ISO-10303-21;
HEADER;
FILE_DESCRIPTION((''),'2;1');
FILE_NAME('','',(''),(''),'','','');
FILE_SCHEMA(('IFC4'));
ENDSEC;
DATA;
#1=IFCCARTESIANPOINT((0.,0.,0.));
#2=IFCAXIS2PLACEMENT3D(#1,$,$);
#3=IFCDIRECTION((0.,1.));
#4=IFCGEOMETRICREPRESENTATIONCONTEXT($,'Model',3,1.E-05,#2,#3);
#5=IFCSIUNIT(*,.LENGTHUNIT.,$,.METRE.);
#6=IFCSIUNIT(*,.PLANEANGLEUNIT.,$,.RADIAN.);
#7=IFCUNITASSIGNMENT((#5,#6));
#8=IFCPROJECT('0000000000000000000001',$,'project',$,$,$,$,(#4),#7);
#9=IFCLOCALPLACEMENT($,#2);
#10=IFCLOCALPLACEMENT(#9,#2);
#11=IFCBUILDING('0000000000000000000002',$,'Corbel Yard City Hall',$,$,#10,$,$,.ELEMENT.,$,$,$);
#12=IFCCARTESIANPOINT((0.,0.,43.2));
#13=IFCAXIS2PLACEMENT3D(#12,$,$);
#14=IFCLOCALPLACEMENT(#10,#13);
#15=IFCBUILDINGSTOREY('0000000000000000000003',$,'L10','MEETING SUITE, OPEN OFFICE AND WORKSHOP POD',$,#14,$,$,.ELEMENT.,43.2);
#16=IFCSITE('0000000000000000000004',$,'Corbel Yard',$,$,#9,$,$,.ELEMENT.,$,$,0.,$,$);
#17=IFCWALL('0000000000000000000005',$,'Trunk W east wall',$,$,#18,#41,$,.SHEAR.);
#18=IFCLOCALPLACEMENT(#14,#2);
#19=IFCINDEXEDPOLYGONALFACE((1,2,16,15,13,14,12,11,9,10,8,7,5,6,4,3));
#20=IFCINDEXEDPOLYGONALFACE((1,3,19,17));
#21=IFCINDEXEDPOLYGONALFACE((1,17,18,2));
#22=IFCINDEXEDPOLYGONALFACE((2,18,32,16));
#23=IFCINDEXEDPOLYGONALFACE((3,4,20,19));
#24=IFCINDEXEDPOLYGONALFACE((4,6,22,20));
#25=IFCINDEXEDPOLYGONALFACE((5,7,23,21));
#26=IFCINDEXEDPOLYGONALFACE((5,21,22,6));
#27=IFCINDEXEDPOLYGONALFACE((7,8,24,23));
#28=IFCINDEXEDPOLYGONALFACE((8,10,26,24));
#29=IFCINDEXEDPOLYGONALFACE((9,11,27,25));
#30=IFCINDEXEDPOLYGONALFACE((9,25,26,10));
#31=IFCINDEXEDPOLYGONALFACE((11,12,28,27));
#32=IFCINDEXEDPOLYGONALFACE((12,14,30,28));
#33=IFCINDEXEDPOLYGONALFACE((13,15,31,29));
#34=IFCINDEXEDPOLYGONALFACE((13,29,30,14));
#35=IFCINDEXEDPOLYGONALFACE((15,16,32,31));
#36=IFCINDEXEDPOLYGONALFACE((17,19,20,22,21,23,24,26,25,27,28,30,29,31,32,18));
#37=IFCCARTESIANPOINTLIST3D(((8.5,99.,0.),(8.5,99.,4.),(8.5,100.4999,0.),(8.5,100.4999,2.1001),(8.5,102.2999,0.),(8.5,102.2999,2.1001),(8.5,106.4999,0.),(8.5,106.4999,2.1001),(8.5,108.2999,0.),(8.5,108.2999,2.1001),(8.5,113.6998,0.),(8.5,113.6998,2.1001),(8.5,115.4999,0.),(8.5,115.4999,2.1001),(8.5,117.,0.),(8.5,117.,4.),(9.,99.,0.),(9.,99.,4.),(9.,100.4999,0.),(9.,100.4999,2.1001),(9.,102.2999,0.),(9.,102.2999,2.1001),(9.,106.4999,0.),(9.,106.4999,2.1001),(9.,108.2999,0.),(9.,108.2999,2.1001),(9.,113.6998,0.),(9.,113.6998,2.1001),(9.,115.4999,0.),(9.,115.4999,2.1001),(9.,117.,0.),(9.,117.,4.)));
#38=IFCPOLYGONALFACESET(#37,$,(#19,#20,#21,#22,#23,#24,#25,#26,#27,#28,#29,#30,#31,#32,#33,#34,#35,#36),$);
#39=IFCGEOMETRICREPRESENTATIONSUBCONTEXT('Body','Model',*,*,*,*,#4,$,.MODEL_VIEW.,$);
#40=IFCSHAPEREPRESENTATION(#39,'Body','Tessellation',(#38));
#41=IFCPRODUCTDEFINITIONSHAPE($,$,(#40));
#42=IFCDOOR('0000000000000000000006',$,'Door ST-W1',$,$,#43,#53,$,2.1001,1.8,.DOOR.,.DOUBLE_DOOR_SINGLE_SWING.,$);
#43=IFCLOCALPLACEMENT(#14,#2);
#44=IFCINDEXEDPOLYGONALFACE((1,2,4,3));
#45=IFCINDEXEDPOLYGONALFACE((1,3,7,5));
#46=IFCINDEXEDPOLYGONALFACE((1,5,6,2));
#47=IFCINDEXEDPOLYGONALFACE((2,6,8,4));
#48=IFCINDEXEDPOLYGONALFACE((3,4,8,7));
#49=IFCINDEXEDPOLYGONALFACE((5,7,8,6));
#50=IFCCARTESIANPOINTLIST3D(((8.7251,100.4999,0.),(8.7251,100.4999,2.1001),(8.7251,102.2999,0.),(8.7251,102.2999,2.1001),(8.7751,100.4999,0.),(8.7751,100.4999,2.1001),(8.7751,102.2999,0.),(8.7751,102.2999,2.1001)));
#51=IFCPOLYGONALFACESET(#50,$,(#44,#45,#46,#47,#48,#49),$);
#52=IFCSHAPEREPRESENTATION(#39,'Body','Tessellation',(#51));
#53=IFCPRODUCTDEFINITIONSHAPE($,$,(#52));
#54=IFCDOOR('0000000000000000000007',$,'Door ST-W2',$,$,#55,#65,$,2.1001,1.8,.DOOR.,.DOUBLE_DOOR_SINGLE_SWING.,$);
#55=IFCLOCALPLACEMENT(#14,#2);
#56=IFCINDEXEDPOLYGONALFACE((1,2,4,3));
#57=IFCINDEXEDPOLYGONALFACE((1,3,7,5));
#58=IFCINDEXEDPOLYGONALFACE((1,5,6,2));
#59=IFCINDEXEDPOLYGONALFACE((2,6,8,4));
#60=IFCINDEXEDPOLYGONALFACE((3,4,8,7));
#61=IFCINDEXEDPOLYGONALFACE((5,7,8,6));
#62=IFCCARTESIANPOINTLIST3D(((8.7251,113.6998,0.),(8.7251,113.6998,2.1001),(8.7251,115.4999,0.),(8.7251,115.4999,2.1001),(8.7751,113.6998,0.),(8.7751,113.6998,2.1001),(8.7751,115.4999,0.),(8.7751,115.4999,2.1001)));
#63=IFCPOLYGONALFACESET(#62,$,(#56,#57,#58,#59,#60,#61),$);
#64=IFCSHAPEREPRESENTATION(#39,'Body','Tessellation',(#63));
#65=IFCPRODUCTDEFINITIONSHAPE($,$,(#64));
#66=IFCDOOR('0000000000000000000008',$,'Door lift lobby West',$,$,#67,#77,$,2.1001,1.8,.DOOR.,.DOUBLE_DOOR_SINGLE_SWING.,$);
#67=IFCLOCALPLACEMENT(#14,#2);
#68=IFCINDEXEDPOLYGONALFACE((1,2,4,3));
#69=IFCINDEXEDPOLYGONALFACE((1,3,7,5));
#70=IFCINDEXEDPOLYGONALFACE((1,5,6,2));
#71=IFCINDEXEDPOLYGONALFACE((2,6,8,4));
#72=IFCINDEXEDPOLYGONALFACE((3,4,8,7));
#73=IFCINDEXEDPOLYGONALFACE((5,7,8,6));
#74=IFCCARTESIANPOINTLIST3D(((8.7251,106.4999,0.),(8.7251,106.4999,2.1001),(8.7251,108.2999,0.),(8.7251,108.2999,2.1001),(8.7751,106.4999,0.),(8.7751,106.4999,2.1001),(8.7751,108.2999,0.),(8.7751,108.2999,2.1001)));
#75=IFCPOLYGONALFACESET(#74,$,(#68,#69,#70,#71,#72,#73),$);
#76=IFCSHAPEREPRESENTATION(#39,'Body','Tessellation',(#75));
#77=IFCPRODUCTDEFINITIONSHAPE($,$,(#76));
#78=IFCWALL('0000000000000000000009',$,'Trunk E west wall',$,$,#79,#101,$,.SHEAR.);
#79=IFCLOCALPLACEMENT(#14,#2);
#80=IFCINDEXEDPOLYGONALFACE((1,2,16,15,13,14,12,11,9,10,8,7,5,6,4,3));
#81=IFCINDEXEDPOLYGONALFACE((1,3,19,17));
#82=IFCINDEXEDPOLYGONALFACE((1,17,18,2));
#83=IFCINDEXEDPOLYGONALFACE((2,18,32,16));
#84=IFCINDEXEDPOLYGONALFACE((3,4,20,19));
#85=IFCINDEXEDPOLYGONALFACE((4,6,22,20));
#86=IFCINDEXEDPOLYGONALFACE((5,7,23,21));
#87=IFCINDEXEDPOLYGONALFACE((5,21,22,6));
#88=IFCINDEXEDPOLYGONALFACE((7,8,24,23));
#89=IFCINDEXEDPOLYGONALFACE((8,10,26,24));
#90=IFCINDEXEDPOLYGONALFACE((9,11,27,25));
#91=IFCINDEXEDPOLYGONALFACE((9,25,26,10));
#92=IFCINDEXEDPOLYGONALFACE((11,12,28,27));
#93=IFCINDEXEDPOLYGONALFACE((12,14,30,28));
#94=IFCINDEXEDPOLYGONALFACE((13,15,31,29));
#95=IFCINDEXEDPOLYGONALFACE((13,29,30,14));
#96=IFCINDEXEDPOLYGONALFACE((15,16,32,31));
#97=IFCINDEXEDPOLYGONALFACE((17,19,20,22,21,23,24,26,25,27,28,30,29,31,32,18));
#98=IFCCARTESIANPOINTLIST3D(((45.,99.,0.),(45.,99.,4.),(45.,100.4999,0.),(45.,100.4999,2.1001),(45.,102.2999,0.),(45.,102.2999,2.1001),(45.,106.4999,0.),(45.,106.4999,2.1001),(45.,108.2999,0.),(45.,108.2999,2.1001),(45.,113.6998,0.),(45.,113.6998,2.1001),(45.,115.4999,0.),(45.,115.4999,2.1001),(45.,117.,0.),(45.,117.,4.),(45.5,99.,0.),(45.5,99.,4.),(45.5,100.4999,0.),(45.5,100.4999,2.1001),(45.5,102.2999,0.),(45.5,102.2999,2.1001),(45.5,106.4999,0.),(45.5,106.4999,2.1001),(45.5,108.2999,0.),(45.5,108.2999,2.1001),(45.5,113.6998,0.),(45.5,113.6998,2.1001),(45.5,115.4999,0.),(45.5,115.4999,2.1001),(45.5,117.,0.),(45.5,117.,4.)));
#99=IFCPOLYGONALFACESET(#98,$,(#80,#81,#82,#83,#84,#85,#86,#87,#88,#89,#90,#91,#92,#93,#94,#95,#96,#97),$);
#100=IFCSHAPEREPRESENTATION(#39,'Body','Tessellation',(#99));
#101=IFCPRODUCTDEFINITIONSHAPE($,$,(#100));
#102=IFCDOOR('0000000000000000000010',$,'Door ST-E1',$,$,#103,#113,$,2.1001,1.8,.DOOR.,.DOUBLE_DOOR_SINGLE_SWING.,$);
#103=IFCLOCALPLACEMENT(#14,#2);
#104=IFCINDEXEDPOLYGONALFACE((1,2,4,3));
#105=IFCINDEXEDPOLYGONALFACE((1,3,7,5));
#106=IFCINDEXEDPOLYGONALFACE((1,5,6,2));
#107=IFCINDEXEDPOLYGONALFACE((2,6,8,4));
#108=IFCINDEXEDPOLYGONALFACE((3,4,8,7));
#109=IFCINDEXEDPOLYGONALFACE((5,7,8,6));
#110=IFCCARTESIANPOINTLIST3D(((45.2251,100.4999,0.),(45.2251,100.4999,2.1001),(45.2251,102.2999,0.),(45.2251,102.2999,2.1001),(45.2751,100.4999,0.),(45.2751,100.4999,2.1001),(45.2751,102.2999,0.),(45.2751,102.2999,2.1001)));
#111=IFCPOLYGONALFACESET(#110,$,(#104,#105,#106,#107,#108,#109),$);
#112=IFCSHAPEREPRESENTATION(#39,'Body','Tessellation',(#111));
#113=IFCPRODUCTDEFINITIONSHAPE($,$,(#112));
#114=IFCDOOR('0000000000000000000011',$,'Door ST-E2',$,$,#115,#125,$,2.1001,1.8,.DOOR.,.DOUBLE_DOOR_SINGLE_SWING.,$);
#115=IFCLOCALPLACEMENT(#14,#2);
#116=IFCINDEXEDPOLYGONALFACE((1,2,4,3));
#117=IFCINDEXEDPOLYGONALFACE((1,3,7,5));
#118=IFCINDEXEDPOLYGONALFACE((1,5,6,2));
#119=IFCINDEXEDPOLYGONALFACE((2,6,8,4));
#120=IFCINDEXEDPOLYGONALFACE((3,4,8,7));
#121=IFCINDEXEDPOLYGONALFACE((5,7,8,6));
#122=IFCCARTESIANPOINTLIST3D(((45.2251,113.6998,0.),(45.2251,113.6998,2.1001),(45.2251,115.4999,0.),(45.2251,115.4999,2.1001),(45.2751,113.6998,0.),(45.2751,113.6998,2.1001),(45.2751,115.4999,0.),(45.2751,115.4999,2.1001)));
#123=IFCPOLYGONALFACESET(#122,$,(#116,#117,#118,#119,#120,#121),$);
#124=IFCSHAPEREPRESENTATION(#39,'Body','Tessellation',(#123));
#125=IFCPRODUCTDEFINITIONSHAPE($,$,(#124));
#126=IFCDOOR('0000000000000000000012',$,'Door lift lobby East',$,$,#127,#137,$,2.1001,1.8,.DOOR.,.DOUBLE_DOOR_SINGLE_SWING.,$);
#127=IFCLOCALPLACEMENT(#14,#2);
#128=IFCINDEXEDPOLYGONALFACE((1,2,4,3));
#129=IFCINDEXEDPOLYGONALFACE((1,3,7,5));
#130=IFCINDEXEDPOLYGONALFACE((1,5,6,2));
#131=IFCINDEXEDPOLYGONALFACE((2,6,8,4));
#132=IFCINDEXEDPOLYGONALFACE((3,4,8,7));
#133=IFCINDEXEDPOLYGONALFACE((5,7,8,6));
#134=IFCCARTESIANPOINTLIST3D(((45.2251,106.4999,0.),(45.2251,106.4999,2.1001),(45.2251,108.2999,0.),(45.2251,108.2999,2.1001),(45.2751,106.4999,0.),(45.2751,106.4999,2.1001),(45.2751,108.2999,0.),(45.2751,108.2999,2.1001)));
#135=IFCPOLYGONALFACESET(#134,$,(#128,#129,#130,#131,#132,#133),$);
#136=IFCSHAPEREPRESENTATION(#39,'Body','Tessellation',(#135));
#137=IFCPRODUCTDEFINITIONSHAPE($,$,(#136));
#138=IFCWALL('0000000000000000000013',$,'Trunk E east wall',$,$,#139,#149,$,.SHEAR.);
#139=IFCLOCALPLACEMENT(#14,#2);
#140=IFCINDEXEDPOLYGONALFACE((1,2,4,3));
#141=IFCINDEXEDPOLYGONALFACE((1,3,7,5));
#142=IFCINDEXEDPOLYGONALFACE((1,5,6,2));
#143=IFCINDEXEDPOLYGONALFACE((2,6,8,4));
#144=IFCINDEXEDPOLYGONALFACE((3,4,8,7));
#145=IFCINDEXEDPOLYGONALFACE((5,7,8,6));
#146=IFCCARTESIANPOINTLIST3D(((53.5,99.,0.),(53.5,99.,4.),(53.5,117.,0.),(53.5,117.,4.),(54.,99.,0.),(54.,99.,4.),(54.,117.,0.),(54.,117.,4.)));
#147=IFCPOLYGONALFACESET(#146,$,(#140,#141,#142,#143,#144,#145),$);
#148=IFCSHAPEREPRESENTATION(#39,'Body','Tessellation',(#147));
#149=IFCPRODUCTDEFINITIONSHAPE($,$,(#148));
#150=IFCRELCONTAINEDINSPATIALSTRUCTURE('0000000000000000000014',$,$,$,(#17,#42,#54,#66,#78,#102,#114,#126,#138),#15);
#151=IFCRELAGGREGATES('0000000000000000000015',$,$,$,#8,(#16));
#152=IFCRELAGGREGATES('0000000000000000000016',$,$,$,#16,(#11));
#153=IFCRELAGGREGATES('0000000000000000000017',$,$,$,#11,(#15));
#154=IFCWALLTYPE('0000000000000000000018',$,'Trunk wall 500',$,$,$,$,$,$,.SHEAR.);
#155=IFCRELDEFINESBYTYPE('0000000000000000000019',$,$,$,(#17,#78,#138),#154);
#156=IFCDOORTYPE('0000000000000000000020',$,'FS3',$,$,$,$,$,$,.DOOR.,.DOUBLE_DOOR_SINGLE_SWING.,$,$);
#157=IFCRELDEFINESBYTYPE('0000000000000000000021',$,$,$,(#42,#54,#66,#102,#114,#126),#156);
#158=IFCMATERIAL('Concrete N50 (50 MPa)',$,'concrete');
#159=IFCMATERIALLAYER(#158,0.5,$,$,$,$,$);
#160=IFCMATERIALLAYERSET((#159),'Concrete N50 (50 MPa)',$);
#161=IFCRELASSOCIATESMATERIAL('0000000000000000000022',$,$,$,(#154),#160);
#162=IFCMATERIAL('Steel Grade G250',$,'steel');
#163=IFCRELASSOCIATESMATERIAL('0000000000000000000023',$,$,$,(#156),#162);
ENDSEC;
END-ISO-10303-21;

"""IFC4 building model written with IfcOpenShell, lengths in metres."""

from ifc_helpers import new_model, si_unit, direction, frame, frame_2d, origin, place, context, subcontext, project, spatial, rectangle, extrude, material, layer, layer_set, type_object, element, fill, save


model = new_model("IFC4")

# Units and contexts
model_context = context("Model", 3, precision=1e-05, world=origin(), true_north=direction((0.0, 1.0)))
body_context = subcontext(model_context, "Body", "Model", "MODEL_VIEW")
ifc_project = project(units=[si_unit("LENGTHUNIT", "METRE"), si_unit("PLANEANGLEUNIT", "RADIAN")], contexts=[model_context])

# Site, building, storey
site_placement = place(None, origin())
site = spatial("IfcSite", under=ifc_project, at=site_placement, Name="Corbel Yard", CompositionType="ELEMENT", RefElevation=0.0)
building_placement = place(site_placement, origin())
building = spatial("IfcBuilding", under=site, at=building_placement, Name="Corbel Yard City Hall", CompositionType="ELEMENT")
storey_placement = place(building_placement, frame((0.0, 0.0, 43.2)))
storey = spatial("IfcBuildingStorey", under=building, at=storey_placement, Name="L10", Description="MEETING SUITE, OPEN OFFICE AND WORKSHOP POD", CompositionType="ELEMENT", Elevation=43.2)

# Shared definitions
ifc_material_1 = material(Name="Concrete N50 (50 MPa)", Category="concrete")
ifc_layer_1 = layer(ifc_material_1, 0.5)
ifc_layer_set_1 = layer_set([ifc_layer_1], Name="Concrete N50 (50 MPa)")
wall_type_1 = type_object("IfcWallType", Name="Trunk wall 500", PredefinedType="SHEAR", material=ifc_layer_set_1)

# Walls, openings, doors
wall_1_placement = place(storey_placement, frame((8.75, 99.0, 0.0), z_axis=(0.0, 0.0, 1.0), x_axis=(0.0, 1.0, 0.0)))
wall_1 = element("IfcWall", 1, at=wall_1_placement, inside=storey, type_object=wall_type_1, Name="Trunk W east wall", PredefinedType="SHEAR", context=body_context, shape_type="SweptSolid", body=[
    extrude(rectangle(XDim=18.0, YDim=0.5, at=frame_2d((9.0, 0.0))), origin(), (0.0, 0.0, 1.0), 4.0),
])
opening_1_placement = place(wall_1_placement, frame((1.5, 0.0, 0.0)))
opening_1 = element("IfcOpeningElement", 2, at=opening_1_placement, cuts=wall_1, PredefinedType="OPENING", context=body_context, shape_type="SweptSolid", body=[
    extrude(rectangle(XDim=1.8, YDim=2.1001, at=frame_2d((0.8999, 1.05))), frame((0.0, 0.26, 0.0), z_axis=(0.0, -1.0, 0.0), x_axis=(1.0, 0.0, 0.0)), (0.0, 0.0, 1.0), 0.52),
])
opening_2_placement = place(wall_1_placement, frame((14.7, 0.0, 0.0)))
opening_2 = element("IfcOpeningElement", 3, at=opening_2_placement, cuts=wall_1, PredefinedType="OPENING", context=body_context, shape_type="SweptSolid", body=[
    extrude(rectangle(XDim=1.8, YDim=2.1001, at=frame_2d((0.8999, 1.05))), frame((0.0, 0.26, 0.0), z_axis=(0.0, -1.0, 0.0), x_axis=(1.0, 0.0, 0.0)), (0.0, 0.0, 1.0), 0.52),
])
opening_3_placement = place(wall_1_placement, frame((7.5, 0.0, 0.0)))
opening_3 = element("IfcOpeningElement", 4, at=opening_3_placement, cuts=wall_1, PredefinedType="OPENING", context=body_context, shape_type="SweptSolid", body=[
    extrude(rectangle(XDim=1.8, YDim=2.1001, at=frame_2d((0.8999, 1.05))), frame((0.0, 0.26, 0.0), z_axis=(0.0, -1.0, 0.0), x_axis=(1.0, 0.0, 0.0)), (0.0, 0.0, 1.0), 0.52),
])
ifc_material_2 = material(Name="Steel Grade G250", Category="steel")
door_type_1 = type_object("IfcDoorType", Name="FS3", OperationType="DOUBLE_DOOR_SINGLE_SWING", PredefinedType="DOOR", material=ifc_material_2)
door_1_placement = place(opening_1_placement, origin())
door_1 = element("IfcDoor", 5, at=door_1_placement, inside=storey, type_object=door_type_1, Name="Door ST-W1", OperationType="DOUBLE_DOOR_SINGLE_SWING", OverallHeight=2.1001, OverallWidth=1.8, PredefinedType="DOOR", context=body_context, shape_type="SweptSolid", body=[
    extrude(rectangle(XDim=1.8, YDim=2.1001, at=frame_2d((0.8999, 1.05))), frame((0.0, 0.0249, 0.0), z_axis=(0.0, -1.0, 0.0), x_axis=(1.0, 0.0, 0.0)), (0.0, 0.0, 1.0), 0.05),
])
fill(opening_1, door_1)
door_2_placement = place(opening_2_placement, origin())
door_2 = element("IfcDoor", 6, at=door_2_placement, inside=storey, type_object=door_type_1, Name="Door ST-W2", OperationType="DOUBLE_DOOR_SINGLE_SWING", OverallHeight=2.1001, OverallWidth=1.8, PredefinedType="DOOR", context=body_context, shape_type="SweptSolid", body=[
    extrude(rectangle(XDim=1.8, YDim=2.1001, at=frame_2d((0.8999, 1.05))), frame((0.0, 0.0249, 0.0), z_axis=(0.0, -1.0, 0.0), x_axis=(1.0, 0.0, 0.0)), (0.0, 0.0, 1.0), 0.05),
])
fill(opening_2, door_2)
door_3_placement = place(opening_3_placement, origin())
door_3 = element("IfcDoor", 7, at=door_3_placement, inside=storey, type_object=door_type_1, Name="Door lift lobby West", OperationType="DOUBLE_DOOR_SINGLE_SWING", OverallHeight=2.1001, OverallWidth=1.8, PredefinedType="DOOR", context=body_context, shape_type="SweptSolid", body=[
    extrude(rectangle(XDim=1.8, YDim=2.1001, at=frame_2d((0.8999, 1.05))), frame((0.0, 0.0249, 0.0), z_axis=(0.0, -1.0, 0.0), x_axis=(1.0, 0.0, 0.0)), (0.0, 0.0, 1.0), 0.05),
])
fill(opening_3, door_3)
wall_2_placement = place(storey_placement, frame((45.25, 99.0, 0.0), z_axis=(0.0, 0.0, 1.0), x_axis=(0.0, 1.0, 0.0)))
wall_2 = element("IfcWall", 8, at=wall_2_placement, inside=storey, type_object=wall_type_1, Name="Trunk E west wall", PredefinedType="SHEAR", context=body_context, shape_type="SweptSolid", body=[
    extrude(rectangle(XDim=18.0, YDim=0.5, at=frame_2d((9.0, 0.0))), origin(), (0.0, 0.0, 1.0), 4.0),
])
opening_4_placement = place(wall_2_placement, frame((1.5, 0.0, 0.0)))
opening_4 = element("IfcOpeningElement", 9, at=opening_4_placement, cuts=wall_2, PredefinedType="OPENING", context=body_context, shape_type="SweptSolid", body=[
    extrude(rectangle(XDim=1.8, YDim=2.1001, at=frame_2d((0.8999, 1.05))), frame((0.0, 0.26, 0.0), z_axis=(0.0, -1.0, 0.0), x_axis=(1.0, 0.0, 0.0)), (0.0, 0.0, 1.0), 0.52),
])
opening_5_placement = place(wall_2_placement, frame((14.7, 0.0, 0.0)))
opening_5 = element("IfcOpeningElement", 10, at=opening_5_placement, cuts=wall_2, PredefinedType="OPENING", context=body_context, shape_type="SweptSolid", body=[
    extrude(rectangle(XDim=1.8, YDim=2.1001, at=frame_2d((0.8999, 1.05))), frame((0.0, 0.26, 0.0), z_axis=(0.0, -1.0, 0.0), x_axis=(1.0, 0.0, 0.0)), (0.0, 0.0, 1.0), 0.52),
])
opening_6_placement = place(wall_2_placement, frame((7.5, 0.0, 0.0)))
opening_6 = element("IfcOpeningElement", 11, at=opening_6_placement, cuts=wall_2, PredefinedType="OPENING", context=body_context, shape_type="SweptSolid", body=[
    extrude(rectangle(XDim=1.8, YDim=2.1001, at=frame_2d((0.8999, 1.05))), frame((0.0, 0.26, 0.0), z_axis=(0.0, -1.0, 0.0), x_axis=(1.0, 0.0, 0.0)), (0.0, 0.0, 1.0), 0.52),
])
door_4_placement = place(opening_4_placement, origin())
door_4 = element("IfcDoor", 12, at=door_4_placement, inside=storey, type_object=door_type_1, Name="Door ST-E1", OperationType="DOUBLE_DOOR_SINGLE_SWING", OverallHeight=2.1001, OverallWidth=1.8, PredefinedType="DOOR", context=body_context, shape_type="SweptSolid", body=[
    extrude(rectangle(XDim=1.8, YDim=2.1001, at=frame_2d((0.8999, 1.05))), frame((0.0, 0.0249, 0.0), z_axis=(0.0, -1.0, 0.0), x_axis=(1.0, 0.0, 0.0)), (0.0, 0.0, 1.0), 0.05),
])
fill(opening_4, door_4)
door_5_placement = place(opening_5_placement, origin())
door_5 = element("IfcDoor", 13, at=door_5_placement, inside=storey, type_object=door_type_1, Name="Door ST-E2", OperationType="DOUBLE_DOOR_SINGLE_SWING", OverallHeight=2.1001, OverallWidth=1.8, PredefinedType="DOOR", context=body_context, shape_type="SweptSolid", body=[
    extrude(rectangle(XDim=1.8, YDim=2.1001, at=frame_2d((0.8999, 1.05))), frame((0.0, 0.0249, 0.0), z_axis=(0.0, -1.0, 0.0), x_axis=(1.0, 0.0, 0.0)), (0.0, 0.0, 1.0), 0.05),
])
fill(opening_5, door_5)
door_6_placement = place(opening_6_placement, origin())
door_6 = element("IfcDoor", 14, at=door_6_placement, inside=storey, type_object=door_type_1, Name="Door lift lobby East", OperationType="DOUBLE_DOOR_SINGLE_SWING", OverallHeight=2.1001, OverallWidth=1.8, PredefinedType="DOOR", context=body_context, shape_type="SweptSolid", body=[
    extrude(rectangle(XDim=1.8, YDim=2.1001, at=frame_2d((0.8999, 1.05))), frame((0.0, 0.0249, 0.0), z_axis=(0.0, -1.0, 0.0), x_axis=(1.0, 0.0, 0.0)), (0.0, 0.0, 1.0), 0.05),
])
fill(opening_6, door_6)

# Wall
wall_3_placement = place(storey_placement, frame((53.75, 99.0, 0.0), z_axis=(0.0, 0.0, 1.0), x_axis=(0.0, 1.0, 0.0)))
element("IfcWall", 15, at=wall_3_placement, inside=storey, type_object=wall_type_1, Name="Trunk E east wall", PredefinedType="SHEAR", context=body_context, shape_type="SweptSolid", body=[
    extrude(rectangle(XDim=18.0, YDim=0.5, at=frame_2d((9.0, 0.0))), origin(), (0.0, 0.0, 1.0), 4.0),
])

save(model, "model.ifc")
